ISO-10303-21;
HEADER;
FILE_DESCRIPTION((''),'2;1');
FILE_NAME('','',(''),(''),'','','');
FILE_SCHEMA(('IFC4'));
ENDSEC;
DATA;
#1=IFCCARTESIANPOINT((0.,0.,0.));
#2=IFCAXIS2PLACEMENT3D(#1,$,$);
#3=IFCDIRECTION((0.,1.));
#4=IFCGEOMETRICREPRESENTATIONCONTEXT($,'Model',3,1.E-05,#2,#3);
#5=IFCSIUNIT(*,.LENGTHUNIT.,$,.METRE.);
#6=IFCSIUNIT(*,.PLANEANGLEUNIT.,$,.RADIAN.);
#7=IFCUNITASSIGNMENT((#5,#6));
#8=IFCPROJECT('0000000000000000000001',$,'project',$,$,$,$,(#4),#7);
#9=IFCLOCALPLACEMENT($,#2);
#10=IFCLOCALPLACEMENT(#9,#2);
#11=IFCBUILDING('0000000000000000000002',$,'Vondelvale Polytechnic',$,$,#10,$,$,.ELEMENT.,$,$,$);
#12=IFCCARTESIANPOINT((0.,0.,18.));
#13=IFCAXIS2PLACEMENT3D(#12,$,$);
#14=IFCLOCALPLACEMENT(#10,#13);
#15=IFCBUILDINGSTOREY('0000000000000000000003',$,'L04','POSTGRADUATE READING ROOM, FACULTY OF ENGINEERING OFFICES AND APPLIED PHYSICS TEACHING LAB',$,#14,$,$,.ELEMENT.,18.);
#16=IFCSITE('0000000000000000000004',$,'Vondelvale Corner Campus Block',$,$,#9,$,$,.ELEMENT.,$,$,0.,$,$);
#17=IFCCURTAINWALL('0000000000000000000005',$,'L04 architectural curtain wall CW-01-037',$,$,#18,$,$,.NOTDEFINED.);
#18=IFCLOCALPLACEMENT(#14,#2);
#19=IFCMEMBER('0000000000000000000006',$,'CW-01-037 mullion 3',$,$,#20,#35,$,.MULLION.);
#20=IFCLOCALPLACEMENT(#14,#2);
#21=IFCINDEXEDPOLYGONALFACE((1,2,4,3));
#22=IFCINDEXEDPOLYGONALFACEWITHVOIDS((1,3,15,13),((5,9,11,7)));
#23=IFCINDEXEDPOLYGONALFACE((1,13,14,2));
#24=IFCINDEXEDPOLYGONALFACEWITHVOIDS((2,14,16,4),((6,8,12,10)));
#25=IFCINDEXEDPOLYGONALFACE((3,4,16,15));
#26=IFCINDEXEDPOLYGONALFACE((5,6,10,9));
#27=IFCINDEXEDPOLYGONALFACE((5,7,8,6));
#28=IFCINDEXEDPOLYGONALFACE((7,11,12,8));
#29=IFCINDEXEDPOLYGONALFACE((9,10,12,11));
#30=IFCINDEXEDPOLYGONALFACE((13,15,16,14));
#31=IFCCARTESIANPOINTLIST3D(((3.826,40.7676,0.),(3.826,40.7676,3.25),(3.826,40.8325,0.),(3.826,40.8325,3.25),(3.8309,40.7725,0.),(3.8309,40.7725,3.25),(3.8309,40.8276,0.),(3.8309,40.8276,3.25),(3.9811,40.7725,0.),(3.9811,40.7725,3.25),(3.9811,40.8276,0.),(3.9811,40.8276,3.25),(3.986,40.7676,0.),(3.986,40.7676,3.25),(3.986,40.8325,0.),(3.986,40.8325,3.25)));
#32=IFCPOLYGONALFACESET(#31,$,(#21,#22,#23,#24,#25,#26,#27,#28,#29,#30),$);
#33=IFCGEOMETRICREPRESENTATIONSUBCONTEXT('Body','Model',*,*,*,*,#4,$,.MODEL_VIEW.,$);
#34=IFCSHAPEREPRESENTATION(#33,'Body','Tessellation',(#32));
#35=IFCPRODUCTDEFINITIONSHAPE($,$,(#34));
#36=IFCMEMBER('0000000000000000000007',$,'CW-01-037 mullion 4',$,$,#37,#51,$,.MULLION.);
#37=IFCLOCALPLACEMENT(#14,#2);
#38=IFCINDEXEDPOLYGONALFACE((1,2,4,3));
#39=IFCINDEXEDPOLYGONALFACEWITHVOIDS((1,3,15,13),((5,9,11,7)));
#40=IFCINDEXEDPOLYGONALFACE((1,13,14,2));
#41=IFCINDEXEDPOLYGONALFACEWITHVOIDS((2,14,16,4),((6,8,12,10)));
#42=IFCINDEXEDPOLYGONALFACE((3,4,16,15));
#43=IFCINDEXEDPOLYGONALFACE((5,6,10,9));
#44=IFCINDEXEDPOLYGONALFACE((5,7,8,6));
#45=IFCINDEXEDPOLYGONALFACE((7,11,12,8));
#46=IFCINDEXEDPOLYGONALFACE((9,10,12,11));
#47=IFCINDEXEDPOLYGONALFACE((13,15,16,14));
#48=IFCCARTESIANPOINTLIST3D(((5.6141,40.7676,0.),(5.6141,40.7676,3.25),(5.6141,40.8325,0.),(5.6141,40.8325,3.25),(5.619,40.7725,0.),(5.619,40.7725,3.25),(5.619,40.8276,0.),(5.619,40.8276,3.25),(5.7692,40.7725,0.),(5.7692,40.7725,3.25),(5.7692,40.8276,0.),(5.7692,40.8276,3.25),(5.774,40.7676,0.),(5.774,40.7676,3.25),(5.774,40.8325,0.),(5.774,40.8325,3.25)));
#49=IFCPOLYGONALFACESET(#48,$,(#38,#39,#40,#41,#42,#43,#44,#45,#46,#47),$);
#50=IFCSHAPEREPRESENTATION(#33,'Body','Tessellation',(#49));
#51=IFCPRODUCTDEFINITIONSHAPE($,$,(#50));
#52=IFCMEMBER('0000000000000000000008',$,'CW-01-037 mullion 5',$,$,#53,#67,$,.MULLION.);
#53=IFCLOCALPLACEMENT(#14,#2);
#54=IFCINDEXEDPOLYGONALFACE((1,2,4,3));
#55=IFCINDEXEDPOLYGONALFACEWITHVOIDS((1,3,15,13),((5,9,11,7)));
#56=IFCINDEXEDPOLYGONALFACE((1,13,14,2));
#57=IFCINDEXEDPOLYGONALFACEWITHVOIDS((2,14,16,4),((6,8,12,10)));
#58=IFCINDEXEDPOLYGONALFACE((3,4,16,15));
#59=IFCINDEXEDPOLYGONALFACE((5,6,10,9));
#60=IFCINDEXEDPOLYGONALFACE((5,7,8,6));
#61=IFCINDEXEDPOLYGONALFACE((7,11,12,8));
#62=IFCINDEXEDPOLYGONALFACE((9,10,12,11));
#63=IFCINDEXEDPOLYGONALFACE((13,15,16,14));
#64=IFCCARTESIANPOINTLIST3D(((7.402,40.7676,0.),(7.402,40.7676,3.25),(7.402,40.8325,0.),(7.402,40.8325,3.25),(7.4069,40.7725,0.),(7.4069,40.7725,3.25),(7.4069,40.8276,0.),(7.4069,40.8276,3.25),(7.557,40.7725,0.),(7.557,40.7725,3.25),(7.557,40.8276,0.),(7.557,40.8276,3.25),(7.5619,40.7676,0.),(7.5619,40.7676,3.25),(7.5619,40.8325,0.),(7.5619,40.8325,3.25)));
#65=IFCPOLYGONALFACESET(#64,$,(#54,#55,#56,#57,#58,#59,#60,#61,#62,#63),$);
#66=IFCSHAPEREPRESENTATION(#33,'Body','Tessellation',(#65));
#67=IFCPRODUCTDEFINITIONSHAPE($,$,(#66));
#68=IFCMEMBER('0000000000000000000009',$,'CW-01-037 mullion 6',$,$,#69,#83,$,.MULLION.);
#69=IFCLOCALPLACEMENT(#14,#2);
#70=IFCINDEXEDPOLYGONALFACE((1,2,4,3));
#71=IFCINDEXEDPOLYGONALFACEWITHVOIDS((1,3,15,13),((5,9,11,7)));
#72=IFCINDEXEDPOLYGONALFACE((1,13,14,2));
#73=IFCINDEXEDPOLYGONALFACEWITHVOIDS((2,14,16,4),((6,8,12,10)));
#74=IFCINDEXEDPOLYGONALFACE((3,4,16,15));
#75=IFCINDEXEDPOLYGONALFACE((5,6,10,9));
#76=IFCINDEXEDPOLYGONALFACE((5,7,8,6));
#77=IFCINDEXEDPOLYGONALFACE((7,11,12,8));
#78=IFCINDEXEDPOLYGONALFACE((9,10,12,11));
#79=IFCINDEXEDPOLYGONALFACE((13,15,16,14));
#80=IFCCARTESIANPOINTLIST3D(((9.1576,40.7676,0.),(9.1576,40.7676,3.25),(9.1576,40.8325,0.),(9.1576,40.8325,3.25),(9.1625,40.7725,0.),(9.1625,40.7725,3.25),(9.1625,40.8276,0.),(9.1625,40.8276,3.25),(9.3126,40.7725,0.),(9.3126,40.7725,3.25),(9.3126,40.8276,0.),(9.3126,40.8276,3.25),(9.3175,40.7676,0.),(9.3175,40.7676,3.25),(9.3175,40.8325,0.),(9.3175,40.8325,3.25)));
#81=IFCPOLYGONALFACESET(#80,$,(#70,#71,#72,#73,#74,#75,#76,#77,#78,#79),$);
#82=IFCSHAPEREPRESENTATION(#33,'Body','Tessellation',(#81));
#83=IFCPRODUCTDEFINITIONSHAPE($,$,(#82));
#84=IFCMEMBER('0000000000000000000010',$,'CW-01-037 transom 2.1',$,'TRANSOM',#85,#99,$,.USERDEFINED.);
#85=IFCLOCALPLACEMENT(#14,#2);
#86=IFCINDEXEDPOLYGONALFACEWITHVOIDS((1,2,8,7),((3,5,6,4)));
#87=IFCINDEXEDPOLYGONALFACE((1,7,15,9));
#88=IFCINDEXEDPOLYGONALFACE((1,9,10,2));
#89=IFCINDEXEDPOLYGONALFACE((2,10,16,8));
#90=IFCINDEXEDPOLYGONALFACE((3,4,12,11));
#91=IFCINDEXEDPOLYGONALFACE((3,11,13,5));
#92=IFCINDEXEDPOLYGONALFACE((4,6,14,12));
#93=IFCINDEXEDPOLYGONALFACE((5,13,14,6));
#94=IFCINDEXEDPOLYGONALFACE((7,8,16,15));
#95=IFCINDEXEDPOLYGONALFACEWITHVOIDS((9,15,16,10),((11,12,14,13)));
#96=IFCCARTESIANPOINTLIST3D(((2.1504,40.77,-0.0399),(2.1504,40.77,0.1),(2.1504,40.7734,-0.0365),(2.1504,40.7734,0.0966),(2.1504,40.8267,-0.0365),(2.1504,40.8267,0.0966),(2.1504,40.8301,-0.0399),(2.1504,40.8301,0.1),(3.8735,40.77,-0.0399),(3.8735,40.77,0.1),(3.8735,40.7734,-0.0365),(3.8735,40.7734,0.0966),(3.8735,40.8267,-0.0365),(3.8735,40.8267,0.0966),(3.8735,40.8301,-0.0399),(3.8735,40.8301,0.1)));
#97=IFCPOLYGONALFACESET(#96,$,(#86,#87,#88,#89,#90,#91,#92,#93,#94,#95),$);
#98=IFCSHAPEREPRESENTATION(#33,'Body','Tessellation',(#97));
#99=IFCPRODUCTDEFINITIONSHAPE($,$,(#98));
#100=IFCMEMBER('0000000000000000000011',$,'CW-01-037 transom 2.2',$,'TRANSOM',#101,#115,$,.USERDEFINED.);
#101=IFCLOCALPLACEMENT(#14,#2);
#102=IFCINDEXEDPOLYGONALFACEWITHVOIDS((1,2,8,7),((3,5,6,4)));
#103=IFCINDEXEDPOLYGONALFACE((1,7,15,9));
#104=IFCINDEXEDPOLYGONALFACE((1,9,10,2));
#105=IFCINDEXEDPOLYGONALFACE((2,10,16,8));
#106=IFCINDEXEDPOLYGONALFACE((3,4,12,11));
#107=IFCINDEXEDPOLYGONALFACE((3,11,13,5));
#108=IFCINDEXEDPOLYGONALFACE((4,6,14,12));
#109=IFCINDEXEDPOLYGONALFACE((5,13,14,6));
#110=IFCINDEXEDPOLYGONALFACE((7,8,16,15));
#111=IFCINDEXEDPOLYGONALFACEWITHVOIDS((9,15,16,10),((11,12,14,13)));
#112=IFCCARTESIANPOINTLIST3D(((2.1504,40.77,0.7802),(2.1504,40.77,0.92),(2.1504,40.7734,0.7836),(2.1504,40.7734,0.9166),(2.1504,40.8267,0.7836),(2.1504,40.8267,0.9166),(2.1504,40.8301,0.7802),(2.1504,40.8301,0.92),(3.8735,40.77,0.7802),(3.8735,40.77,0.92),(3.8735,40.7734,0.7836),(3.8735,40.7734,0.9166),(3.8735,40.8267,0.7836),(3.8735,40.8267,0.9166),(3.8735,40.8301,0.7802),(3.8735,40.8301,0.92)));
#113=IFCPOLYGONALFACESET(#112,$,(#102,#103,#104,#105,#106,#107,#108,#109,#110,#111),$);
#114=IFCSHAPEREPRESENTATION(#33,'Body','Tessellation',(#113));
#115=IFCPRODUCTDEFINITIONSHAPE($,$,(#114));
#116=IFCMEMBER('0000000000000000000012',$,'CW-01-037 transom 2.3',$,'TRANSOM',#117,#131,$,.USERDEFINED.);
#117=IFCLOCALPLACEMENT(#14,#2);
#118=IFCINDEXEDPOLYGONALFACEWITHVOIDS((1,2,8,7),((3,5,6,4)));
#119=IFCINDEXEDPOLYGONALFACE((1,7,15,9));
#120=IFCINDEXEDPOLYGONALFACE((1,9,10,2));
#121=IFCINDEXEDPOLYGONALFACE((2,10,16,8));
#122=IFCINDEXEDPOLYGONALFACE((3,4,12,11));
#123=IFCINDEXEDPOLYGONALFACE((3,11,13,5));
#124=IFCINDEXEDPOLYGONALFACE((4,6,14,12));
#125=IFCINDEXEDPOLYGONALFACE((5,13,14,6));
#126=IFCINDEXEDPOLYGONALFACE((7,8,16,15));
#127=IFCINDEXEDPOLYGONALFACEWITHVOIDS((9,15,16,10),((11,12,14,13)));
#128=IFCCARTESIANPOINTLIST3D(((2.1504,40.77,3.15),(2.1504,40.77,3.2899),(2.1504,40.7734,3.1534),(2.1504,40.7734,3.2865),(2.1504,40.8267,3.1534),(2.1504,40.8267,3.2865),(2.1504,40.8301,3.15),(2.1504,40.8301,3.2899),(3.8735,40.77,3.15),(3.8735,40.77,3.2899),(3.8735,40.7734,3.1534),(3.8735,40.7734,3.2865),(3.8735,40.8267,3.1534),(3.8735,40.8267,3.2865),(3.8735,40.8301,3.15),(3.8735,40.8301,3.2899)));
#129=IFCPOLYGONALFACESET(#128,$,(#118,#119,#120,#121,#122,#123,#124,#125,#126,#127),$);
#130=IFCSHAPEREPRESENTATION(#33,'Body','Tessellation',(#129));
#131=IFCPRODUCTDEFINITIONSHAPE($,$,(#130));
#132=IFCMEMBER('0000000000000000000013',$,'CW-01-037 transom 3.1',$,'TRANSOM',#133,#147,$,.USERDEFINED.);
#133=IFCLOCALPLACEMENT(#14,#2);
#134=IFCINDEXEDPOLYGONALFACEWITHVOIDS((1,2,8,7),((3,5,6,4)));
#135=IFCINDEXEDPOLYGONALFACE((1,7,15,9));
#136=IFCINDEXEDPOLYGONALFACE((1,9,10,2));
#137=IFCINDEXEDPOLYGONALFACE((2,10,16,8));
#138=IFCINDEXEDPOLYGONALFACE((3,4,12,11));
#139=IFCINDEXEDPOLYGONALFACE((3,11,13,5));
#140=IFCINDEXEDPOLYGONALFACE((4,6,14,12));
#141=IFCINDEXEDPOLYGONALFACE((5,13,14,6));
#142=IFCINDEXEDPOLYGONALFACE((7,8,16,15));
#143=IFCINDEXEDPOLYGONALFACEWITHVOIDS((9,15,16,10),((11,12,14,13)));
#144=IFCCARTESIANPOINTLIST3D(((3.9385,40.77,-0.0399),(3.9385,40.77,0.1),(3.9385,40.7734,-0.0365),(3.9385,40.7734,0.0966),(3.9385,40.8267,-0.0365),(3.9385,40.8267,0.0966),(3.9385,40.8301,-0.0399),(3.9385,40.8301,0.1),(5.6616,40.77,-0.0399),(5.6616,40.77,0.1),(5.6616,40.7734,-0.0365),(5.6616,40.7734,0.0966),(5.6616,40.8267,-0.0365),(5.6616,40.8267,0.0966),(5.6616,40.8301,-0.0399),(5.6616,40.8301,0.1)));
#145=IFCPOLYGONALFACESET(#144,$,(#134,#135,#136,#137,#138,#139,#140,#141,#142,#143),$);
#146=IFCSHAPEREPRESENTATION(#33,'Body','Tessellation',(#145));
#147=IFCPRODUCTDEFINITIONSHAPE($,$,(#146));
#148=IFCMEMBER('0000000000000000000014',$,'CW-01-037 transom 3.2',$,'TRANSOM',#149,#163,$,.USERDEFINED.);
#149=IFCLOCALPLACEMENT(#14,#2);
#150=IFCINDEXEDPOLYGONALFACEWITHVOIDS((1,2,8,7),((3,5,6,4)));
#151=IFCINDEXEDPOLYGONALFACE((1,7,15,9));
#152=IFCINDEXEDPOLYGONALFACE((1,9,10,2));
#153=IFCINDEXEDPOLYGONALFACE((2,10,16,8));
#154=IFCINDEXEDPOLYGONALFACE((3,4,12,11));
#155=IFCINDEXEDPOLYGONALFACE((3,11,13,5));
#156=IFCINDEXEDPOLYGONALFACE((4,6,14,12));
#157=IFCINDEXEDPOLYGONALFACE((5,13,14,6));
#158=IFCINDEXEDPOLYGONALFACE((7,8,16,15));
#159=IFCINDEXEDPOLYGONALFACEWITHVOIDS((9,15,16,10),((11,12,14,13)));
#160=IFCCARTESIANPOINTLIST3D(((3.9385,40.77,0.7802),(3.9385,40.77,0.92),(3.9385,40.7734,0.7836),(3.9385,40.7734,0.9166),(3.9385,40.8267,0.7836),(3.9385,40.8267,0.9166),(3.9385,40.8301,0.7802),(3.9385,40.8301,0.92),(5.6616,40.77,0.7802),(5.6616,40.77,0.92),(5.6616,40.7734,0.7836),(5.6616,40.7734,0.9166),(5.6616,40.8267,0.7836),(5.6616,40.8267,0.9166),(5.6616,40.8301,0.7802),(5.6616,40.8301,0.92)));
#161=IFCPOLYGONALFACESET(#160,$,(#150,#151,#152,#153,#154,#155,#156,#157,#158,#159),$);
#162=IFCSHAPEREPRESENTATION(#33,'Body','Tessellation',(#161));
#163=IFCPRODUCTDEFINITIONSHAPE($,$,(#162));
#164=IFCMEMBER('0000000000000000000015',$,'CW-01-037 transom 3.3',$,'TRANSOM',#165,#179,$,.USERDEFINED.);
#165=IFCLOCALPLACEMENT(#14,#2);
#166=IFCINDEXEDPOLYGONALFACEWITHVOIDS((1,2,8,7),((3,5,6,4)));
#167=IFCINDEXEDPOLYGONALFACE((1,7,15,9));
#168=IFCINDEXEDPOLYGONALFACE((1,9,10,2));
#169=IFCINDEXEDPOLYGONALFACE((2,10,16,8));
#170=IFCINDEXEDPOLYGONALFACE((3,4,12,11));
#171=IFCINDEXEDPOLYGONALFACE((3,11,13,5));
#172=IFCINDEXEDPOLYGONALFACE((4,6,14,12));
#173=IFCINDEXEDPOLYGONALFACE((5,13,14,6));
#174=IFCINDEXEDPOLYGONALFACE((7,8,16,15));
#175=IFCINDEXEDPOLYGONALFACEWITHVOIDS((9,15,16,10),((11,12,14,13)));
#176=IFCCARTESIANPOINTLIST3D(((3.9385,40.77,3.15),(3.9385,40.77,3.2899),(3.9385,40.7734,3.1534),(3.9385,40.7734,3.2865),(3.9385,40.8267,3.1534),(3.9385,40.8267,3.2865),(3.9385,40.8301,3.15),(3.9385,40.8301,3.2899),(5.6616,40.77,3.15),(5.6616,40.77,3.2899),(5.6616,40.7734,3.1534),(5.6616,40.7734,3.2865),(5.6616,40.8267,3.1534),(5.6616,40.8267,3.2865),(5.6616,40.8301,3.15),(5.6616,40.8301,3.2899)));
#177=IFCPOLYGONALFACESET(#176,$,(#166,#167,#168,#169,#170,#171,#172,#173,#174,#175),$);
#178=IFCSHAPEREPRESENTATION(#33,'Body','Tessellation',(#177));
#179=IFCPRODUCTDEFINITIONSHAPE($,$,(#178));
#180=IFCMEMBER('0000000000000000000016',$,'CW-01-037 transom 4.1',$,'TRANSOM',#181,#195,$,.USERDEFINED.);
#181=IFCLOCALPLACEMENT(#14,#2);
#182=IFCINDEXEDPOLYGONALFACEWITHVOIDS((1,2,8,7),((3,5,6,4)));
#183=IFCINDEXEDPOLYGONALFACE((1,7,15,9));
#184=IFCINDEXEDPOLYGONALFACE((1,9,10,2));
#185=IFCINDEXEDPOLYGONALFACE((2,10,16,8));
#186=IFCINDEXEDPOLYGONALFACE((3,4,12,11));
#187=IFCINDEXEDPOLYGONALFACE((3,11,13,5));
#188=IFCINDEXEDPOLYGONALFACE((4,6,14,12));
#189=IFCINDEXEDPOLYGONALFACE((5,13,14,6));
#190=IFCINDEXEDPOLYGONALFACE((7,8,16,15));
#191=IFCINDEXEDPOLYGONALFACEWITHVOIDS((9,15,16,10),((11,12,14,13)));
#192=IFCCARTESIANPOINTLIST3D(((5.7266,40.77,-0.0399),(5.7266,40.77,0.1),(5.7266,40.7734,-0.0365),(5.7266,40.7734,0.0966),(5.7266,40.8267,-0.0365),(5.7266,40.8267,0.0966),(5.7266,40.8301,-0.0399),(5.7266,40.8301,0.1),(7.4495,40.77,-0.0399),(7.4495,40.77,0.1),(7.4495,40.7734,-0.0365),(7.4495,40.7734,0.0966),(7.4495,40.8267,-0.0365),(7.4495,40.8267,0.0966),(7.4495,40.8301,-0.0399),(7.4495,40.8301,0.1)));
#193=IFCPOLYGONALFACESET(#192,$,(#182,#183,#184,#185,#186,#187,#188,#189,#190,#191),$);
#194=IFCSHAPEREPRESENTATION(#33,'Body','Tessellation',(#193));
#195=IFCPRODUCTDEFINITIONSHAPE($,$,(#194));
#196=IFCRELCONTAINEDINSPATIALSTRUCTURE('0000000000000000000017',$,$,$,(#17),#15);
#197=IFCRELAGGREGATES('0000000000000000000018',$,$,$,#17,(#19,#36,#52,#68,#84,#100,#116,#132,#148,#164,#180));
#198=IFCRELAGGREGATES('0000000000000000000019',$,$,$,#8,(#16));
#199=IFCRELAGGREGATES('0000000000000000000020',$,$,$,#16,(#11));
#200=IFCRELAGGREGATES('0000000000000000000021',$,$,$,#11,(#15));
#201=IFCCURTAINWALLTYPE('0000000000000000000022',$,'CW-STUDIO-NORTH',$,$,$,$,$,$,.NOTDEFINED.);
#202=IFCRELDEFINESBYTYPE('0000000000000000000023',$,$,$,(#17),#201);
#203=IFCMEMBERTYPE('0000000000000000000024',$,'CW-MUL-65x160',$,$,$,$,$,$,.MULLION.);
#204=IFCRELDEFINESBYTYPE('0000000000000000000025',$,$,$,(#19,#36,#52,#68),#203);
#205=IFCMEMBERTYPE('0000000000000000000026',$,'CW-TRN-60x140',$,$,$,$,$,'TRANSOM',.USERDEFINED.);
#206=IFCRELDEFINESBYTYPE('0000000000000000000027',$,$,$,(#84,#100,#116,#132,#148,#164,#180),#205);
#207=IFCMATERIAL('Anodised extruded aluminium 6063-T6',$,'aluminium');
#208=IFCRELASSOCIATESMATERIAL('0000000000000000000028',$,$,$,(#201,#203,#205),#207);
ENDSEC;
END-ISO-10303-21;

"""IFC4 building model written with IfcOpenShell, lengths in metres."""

from ifc_helpers import new_model, si_unit, direction, frame, origin, origin_2d, place, context, subcontext, project, spatial, hollow_rectangle, extrude, material, material_profile, profile_set, type_object, element, aggregate, save


model = new_model("IFC4")

# Units and contexts
model_context = context("Model", 3, precision=1e-05, world=origin(), true_north=direction((0.0, 1.0)))
body_context = subcontext(model_context, "Body", "Model", "MODEL_VIEW")
ifc_project = project(units=[si_unit("LENGTHUNIT", "METRE"), si_unit("PLANEANGLEUNIT", "RADIAN")], contexts=[model_context])

# Site, building, storey
site_placement = place(None, origin())
site = spatial("IfcSite", under=ifc_project, at=site_placement, Name="Vondelvale Corner Campus Block", CompositionType="ELEMENT", RefElevation=0.0)
building_placement = place(site_placement, origin())
building = spatial("IfcBuilding", under=site, at=building_placement, Name="Vondelvale Polytechnic", CompositionType="ELEMENT")
storey_placement = place(building_placement, frame((0.0, 0.0, 18.0)))
storey = spatial("IfcBuildingStorey", under=building, at=storey_placement, Name="L04", Description="POSTGRADUATE READING ROOM, FACULTY OF ENGINEERING OFFICES AND APPLIED PHYSICS TEACHING LAB", CompositionType="ELEMENT", Elevation=18.0)

# Curtain wall, members
ifc_material_1 = material(Name="Anodised extruded aluminium 6063-T6", Category="aluminium")
curtain_wall_type = type_object("IfcCurtainWallType", Name="CW-STUDIO-NORTH", PredefinedType="NOTDEFINED", material=ifc_material_1)
curtain_wall_placement = place(storey_placement, origin())
curtain_wall = element("IfcCurtainWall", 1, at=curtain_wall_placement, inside=storey, type_object=curtain_wall_type, Name="L04 architectural curtain wall CW-01-037", PredefinedType="NOTDEFINED")
ifc_material_profile_1 = material_profile(ifc_material_1, hollow_rectangle(XDim=0.0649, YDim=0.1599, WallThickness=0.0049, at=origin_2d()), Name="CW-MUL-160x65")
ifc_profile_set_1 = profile_set([ifc_material_profile_1], Name="Anodised extruded aluminium 6063-T6")
member_type_1 = type_object("IfcMemberType", Name="CW-MUL-65x160", PredefinedType="MULLION", material=ifc_profile_set_1)
member_1_placement = place(storey_placement, frame((3.906, 40.8, 0.0), z_axis=(0.0, 0.0, 1.0), x_axis=(0.0, 1.0, 0.0)))
member_1 = element("IfcMember", 2, at=member_1_placement, type_object=member_type_1, Name="CW-01-037 mullion 3", PredefinedType="MULLION", context=body_context, shape_type="SweptSolid", body=[
    extrude(hollow_rectangle(XDim=0.0649, YDim=0.1599, WallThickness=0.0049, at=origin_2d()), origin(), (0.0, 0.0, 1.0), 3.25),
])
member_2_placement = place(storey_placement, frame((5.6941, 40.8, 0.0), z_axis=(0.0, 0.0, 1.0), x_axis=(0.0, 1.0, 0.0)))
member_2 = element("IfcMember", 3, at=member_2_placement, type_object=member_type_1, Name="CW-01-037 mullion 4", PredefinedType="MULLION", context=body_context, shape_type="SweptSolid", body=[
    extrude(hollow_rectangle(XDim=0.0649, YDim=0.1599, WallThickness=0.0049, at=origin_2d()), origin(), (0.0, 0.0, 1.0), 3.25),
])
member_3_placement = place(storey_placement, frame((7.4819, 40.8, 0.0), z_axis=(0.0, 0.0, 1.0), x_axis=(0.0, 1.0, 0.0)))
member_3 = element("IfcMember", 4, at=member_3_placement, type_object=member_type_1, Name="CW-01-037 mullion 5", PredefinedType="MULLION", context=body_context, shape_type="SweptSolid", body=[
    extrude(hollow_rectangle(XDim=0.0649, YDim=0.1599, WallThickness=0.0049, at=origin_2d()), origin(), (0.0, 0.0, 1.0), 3.25),
])
member_4_placement = place(storey_placement, frame((9.2375, 40.8, 0.0), z_axis=(0.0, 0.0, 1.0), x_axis=(0.0, 1.0, 0.0)))
member_4 = element("IfcMember", 5, at=member_4_placement, type_object=member_type_1, Name="CW-01-037 mullion 6", PredefinedType="MULLION", context=body_context, shape_type="SweptSolid", body=[
    extrude(hollow_rectangle(XDim=0.0649, YDim=0.1599, WallThickness=0.0049, at=origin_2d()), origin(), (0.0, 0.0, 1.0), 3.25),
])
ifc_material_profile_2 = material_profile(ifc_material_1, hollow_rectangle(XDim=0.0601, YDim=0.1399, WallThickness=0.0034, at=origin_2d()), Name="CW-TRN-140x60")
ifc_profile_set_2 = profile_set([ifc_material_profile_2], Name="Anodised extruded aluminium 6063-T6")
member_type_2 = type_object("IfcMemberType", Name="CW-TRN-60x140", ElementType="TRANSOM", PredefinedType="USERDEFINED", material=ifc_profile_set_2)
member_5_placement = place(storey_placement, frame((2.1504, 40.8, 0.03), z_axis=(1.0, 0.0, 0.0), x_axis=(0.0, 1.0, 0.0)))
member_5 = element("IfcMember", 6, at=member_5_placement, type_object=member_type_2, Name="CW-01-037 transom 2.1", ObjectType="TRANSOM", PredefinedType="USERDEFINED", context=body_context, shape_type="SweptSolid", body=[
    extrude(hollow_rectangle(XDim=0.0601, YDim=0.1399, WallThickness=0.0034, at=origin_2d()), origin(), (0.0, 0.0, 1.0), 1.7231),
])
member_6_placement = place(storey_placement, frame((2.1504, 40.8, 0.8501), z_axis=(1.0, 0.0, 0.0), x_axis=(0.0, 1.0, 0.0)))
member_6 = element("IfcMember", 7, at=member_6_placement, type_object=member_type_2, Name="CW-01-037 transom 2.2", ObjectType="TRANSOM", PredefinedType="USERDEFINED", context=body_context, shape_type="SweptSolid", body=[
    extrude(hollow_rectangle(XDim=0.0601, YDim=0.1399, WallThickness=0.0034, at=origin_2d()), origin(), (0.0, 0.0, 1.0), 1.7231),
])
member_7_placement = place(storey_placement, frame((2.1504, 40.8, 3.22), z_axis=(1.0, 0.0, 0.0), x_axis=(0.0, 1.0, 0.0)))
member_7 = element("IfcMember", 8, at=member_7_placement, type_object=member_type_2, Name="CW-01-037 transom 2.3", ObjectType="TRANSOM", PredefinedType="USERDEFINED", context=body_context, shape_type="SweptSolid", body=[
    extrude(hollow_rectangle(XDim=0.0601, YDim=0.1399, WallThickness=0.0034, at=origin_2d()), origin(), (0.0, 0.0, 1.0), 1.7231),
])
member_8_placement = place(storey_placement, frame((3.9385, 40.8, 0.03), z_axis=(1.0, 0.0, 0.0), x_axis=(0.0, 1.0, 0.0)))
member_8 = element("IfcMember", 9, at=member_8_placement, type_object=member_type_2, Name="CW-01-037 transom 3.1", ObjectType="TRANSOM", PredefinedType="USERDEFINED", context=body_context, shape_type="SweptSolid", body=[
    extrude(hollow_rectangle(XDim=0.0601, YDim=0.1399, WallThickness=0.0034, at=origin_2d()), origin(), (0.0, 0.0, 1.0), 1.7231),
])
member_9_placement = place(storey_placement, frame((3.9385, 40.8, 0.8501), z_axis=(1.0, 0.0, 0.0), x_axis=(0.0, 1.0, 0.0)))
member_9 = element("IfcMember", 10, at=member_9_placement, type_object=member_type_2, Name="CW-01-037 transom 3.2", ObjectType="TRANSOM", PredefinedType="USERDEFINED", context=body_context, shape_type="SweptSolid", body=[
    extrude(hollow_rectangle(XDim=0.0601, YDim=0.1399, WallThickness=0.0034, at=origin_2d()), origin(), (0.0, 0.0, 1.0), 1.7231),
])
member_10_placement = place(storey_placement, frame((3.9385, 40.8, 3.22), z_axis=(1.0, 0.0, 0.0), x_axis=(0.0, 1.0, 0.0)))
member_10 = element("IfcMember", 11, at=member_10_placement, type_object=member_type_2, Name="CW-01-037 transom 3.3", ObjectType="TRANSOM", PredefinedType="USERDEFINED", context=body_context, shape_type="SweptSolid", body=[
    extrude(hollow_rectangle(XDim=0.0601, YDim=0.1399, WallThickness=0.0034, at=origin_2d()), origin(), (0.0, 0.0, 1.0), 1.7231),
])
member_11_placement = place(storey_placement, frame((5.7266, 40.8, 0.03), z_axis=(1.0, 0.0, 0.0), x_axis=(0.0, 1.0, 0.0)))
member_11 = element("IfcMember", 12, at=member_11_placement, type_object=member_type_2, Name="CW-01-037 transom 4.1", ObjectType="TRANSOM", PredefinedType="USERDEFINED", context=body_context, shape_type="SweptSolid", body=[
    extrude(hollow_rectangle(XDim=0.0601, YDim=0.1399, WallThickness=0.0034, at=origin_2d()), origin(), (0.0, 0.0, 1.0), 1.7229),
])
aggregate(curtain_wall, [member_1, member_2, member_3, member_4, member_5, member_6, member_7, member_8, member_9, member_10, member_11])

save(model, "model.ifc")
